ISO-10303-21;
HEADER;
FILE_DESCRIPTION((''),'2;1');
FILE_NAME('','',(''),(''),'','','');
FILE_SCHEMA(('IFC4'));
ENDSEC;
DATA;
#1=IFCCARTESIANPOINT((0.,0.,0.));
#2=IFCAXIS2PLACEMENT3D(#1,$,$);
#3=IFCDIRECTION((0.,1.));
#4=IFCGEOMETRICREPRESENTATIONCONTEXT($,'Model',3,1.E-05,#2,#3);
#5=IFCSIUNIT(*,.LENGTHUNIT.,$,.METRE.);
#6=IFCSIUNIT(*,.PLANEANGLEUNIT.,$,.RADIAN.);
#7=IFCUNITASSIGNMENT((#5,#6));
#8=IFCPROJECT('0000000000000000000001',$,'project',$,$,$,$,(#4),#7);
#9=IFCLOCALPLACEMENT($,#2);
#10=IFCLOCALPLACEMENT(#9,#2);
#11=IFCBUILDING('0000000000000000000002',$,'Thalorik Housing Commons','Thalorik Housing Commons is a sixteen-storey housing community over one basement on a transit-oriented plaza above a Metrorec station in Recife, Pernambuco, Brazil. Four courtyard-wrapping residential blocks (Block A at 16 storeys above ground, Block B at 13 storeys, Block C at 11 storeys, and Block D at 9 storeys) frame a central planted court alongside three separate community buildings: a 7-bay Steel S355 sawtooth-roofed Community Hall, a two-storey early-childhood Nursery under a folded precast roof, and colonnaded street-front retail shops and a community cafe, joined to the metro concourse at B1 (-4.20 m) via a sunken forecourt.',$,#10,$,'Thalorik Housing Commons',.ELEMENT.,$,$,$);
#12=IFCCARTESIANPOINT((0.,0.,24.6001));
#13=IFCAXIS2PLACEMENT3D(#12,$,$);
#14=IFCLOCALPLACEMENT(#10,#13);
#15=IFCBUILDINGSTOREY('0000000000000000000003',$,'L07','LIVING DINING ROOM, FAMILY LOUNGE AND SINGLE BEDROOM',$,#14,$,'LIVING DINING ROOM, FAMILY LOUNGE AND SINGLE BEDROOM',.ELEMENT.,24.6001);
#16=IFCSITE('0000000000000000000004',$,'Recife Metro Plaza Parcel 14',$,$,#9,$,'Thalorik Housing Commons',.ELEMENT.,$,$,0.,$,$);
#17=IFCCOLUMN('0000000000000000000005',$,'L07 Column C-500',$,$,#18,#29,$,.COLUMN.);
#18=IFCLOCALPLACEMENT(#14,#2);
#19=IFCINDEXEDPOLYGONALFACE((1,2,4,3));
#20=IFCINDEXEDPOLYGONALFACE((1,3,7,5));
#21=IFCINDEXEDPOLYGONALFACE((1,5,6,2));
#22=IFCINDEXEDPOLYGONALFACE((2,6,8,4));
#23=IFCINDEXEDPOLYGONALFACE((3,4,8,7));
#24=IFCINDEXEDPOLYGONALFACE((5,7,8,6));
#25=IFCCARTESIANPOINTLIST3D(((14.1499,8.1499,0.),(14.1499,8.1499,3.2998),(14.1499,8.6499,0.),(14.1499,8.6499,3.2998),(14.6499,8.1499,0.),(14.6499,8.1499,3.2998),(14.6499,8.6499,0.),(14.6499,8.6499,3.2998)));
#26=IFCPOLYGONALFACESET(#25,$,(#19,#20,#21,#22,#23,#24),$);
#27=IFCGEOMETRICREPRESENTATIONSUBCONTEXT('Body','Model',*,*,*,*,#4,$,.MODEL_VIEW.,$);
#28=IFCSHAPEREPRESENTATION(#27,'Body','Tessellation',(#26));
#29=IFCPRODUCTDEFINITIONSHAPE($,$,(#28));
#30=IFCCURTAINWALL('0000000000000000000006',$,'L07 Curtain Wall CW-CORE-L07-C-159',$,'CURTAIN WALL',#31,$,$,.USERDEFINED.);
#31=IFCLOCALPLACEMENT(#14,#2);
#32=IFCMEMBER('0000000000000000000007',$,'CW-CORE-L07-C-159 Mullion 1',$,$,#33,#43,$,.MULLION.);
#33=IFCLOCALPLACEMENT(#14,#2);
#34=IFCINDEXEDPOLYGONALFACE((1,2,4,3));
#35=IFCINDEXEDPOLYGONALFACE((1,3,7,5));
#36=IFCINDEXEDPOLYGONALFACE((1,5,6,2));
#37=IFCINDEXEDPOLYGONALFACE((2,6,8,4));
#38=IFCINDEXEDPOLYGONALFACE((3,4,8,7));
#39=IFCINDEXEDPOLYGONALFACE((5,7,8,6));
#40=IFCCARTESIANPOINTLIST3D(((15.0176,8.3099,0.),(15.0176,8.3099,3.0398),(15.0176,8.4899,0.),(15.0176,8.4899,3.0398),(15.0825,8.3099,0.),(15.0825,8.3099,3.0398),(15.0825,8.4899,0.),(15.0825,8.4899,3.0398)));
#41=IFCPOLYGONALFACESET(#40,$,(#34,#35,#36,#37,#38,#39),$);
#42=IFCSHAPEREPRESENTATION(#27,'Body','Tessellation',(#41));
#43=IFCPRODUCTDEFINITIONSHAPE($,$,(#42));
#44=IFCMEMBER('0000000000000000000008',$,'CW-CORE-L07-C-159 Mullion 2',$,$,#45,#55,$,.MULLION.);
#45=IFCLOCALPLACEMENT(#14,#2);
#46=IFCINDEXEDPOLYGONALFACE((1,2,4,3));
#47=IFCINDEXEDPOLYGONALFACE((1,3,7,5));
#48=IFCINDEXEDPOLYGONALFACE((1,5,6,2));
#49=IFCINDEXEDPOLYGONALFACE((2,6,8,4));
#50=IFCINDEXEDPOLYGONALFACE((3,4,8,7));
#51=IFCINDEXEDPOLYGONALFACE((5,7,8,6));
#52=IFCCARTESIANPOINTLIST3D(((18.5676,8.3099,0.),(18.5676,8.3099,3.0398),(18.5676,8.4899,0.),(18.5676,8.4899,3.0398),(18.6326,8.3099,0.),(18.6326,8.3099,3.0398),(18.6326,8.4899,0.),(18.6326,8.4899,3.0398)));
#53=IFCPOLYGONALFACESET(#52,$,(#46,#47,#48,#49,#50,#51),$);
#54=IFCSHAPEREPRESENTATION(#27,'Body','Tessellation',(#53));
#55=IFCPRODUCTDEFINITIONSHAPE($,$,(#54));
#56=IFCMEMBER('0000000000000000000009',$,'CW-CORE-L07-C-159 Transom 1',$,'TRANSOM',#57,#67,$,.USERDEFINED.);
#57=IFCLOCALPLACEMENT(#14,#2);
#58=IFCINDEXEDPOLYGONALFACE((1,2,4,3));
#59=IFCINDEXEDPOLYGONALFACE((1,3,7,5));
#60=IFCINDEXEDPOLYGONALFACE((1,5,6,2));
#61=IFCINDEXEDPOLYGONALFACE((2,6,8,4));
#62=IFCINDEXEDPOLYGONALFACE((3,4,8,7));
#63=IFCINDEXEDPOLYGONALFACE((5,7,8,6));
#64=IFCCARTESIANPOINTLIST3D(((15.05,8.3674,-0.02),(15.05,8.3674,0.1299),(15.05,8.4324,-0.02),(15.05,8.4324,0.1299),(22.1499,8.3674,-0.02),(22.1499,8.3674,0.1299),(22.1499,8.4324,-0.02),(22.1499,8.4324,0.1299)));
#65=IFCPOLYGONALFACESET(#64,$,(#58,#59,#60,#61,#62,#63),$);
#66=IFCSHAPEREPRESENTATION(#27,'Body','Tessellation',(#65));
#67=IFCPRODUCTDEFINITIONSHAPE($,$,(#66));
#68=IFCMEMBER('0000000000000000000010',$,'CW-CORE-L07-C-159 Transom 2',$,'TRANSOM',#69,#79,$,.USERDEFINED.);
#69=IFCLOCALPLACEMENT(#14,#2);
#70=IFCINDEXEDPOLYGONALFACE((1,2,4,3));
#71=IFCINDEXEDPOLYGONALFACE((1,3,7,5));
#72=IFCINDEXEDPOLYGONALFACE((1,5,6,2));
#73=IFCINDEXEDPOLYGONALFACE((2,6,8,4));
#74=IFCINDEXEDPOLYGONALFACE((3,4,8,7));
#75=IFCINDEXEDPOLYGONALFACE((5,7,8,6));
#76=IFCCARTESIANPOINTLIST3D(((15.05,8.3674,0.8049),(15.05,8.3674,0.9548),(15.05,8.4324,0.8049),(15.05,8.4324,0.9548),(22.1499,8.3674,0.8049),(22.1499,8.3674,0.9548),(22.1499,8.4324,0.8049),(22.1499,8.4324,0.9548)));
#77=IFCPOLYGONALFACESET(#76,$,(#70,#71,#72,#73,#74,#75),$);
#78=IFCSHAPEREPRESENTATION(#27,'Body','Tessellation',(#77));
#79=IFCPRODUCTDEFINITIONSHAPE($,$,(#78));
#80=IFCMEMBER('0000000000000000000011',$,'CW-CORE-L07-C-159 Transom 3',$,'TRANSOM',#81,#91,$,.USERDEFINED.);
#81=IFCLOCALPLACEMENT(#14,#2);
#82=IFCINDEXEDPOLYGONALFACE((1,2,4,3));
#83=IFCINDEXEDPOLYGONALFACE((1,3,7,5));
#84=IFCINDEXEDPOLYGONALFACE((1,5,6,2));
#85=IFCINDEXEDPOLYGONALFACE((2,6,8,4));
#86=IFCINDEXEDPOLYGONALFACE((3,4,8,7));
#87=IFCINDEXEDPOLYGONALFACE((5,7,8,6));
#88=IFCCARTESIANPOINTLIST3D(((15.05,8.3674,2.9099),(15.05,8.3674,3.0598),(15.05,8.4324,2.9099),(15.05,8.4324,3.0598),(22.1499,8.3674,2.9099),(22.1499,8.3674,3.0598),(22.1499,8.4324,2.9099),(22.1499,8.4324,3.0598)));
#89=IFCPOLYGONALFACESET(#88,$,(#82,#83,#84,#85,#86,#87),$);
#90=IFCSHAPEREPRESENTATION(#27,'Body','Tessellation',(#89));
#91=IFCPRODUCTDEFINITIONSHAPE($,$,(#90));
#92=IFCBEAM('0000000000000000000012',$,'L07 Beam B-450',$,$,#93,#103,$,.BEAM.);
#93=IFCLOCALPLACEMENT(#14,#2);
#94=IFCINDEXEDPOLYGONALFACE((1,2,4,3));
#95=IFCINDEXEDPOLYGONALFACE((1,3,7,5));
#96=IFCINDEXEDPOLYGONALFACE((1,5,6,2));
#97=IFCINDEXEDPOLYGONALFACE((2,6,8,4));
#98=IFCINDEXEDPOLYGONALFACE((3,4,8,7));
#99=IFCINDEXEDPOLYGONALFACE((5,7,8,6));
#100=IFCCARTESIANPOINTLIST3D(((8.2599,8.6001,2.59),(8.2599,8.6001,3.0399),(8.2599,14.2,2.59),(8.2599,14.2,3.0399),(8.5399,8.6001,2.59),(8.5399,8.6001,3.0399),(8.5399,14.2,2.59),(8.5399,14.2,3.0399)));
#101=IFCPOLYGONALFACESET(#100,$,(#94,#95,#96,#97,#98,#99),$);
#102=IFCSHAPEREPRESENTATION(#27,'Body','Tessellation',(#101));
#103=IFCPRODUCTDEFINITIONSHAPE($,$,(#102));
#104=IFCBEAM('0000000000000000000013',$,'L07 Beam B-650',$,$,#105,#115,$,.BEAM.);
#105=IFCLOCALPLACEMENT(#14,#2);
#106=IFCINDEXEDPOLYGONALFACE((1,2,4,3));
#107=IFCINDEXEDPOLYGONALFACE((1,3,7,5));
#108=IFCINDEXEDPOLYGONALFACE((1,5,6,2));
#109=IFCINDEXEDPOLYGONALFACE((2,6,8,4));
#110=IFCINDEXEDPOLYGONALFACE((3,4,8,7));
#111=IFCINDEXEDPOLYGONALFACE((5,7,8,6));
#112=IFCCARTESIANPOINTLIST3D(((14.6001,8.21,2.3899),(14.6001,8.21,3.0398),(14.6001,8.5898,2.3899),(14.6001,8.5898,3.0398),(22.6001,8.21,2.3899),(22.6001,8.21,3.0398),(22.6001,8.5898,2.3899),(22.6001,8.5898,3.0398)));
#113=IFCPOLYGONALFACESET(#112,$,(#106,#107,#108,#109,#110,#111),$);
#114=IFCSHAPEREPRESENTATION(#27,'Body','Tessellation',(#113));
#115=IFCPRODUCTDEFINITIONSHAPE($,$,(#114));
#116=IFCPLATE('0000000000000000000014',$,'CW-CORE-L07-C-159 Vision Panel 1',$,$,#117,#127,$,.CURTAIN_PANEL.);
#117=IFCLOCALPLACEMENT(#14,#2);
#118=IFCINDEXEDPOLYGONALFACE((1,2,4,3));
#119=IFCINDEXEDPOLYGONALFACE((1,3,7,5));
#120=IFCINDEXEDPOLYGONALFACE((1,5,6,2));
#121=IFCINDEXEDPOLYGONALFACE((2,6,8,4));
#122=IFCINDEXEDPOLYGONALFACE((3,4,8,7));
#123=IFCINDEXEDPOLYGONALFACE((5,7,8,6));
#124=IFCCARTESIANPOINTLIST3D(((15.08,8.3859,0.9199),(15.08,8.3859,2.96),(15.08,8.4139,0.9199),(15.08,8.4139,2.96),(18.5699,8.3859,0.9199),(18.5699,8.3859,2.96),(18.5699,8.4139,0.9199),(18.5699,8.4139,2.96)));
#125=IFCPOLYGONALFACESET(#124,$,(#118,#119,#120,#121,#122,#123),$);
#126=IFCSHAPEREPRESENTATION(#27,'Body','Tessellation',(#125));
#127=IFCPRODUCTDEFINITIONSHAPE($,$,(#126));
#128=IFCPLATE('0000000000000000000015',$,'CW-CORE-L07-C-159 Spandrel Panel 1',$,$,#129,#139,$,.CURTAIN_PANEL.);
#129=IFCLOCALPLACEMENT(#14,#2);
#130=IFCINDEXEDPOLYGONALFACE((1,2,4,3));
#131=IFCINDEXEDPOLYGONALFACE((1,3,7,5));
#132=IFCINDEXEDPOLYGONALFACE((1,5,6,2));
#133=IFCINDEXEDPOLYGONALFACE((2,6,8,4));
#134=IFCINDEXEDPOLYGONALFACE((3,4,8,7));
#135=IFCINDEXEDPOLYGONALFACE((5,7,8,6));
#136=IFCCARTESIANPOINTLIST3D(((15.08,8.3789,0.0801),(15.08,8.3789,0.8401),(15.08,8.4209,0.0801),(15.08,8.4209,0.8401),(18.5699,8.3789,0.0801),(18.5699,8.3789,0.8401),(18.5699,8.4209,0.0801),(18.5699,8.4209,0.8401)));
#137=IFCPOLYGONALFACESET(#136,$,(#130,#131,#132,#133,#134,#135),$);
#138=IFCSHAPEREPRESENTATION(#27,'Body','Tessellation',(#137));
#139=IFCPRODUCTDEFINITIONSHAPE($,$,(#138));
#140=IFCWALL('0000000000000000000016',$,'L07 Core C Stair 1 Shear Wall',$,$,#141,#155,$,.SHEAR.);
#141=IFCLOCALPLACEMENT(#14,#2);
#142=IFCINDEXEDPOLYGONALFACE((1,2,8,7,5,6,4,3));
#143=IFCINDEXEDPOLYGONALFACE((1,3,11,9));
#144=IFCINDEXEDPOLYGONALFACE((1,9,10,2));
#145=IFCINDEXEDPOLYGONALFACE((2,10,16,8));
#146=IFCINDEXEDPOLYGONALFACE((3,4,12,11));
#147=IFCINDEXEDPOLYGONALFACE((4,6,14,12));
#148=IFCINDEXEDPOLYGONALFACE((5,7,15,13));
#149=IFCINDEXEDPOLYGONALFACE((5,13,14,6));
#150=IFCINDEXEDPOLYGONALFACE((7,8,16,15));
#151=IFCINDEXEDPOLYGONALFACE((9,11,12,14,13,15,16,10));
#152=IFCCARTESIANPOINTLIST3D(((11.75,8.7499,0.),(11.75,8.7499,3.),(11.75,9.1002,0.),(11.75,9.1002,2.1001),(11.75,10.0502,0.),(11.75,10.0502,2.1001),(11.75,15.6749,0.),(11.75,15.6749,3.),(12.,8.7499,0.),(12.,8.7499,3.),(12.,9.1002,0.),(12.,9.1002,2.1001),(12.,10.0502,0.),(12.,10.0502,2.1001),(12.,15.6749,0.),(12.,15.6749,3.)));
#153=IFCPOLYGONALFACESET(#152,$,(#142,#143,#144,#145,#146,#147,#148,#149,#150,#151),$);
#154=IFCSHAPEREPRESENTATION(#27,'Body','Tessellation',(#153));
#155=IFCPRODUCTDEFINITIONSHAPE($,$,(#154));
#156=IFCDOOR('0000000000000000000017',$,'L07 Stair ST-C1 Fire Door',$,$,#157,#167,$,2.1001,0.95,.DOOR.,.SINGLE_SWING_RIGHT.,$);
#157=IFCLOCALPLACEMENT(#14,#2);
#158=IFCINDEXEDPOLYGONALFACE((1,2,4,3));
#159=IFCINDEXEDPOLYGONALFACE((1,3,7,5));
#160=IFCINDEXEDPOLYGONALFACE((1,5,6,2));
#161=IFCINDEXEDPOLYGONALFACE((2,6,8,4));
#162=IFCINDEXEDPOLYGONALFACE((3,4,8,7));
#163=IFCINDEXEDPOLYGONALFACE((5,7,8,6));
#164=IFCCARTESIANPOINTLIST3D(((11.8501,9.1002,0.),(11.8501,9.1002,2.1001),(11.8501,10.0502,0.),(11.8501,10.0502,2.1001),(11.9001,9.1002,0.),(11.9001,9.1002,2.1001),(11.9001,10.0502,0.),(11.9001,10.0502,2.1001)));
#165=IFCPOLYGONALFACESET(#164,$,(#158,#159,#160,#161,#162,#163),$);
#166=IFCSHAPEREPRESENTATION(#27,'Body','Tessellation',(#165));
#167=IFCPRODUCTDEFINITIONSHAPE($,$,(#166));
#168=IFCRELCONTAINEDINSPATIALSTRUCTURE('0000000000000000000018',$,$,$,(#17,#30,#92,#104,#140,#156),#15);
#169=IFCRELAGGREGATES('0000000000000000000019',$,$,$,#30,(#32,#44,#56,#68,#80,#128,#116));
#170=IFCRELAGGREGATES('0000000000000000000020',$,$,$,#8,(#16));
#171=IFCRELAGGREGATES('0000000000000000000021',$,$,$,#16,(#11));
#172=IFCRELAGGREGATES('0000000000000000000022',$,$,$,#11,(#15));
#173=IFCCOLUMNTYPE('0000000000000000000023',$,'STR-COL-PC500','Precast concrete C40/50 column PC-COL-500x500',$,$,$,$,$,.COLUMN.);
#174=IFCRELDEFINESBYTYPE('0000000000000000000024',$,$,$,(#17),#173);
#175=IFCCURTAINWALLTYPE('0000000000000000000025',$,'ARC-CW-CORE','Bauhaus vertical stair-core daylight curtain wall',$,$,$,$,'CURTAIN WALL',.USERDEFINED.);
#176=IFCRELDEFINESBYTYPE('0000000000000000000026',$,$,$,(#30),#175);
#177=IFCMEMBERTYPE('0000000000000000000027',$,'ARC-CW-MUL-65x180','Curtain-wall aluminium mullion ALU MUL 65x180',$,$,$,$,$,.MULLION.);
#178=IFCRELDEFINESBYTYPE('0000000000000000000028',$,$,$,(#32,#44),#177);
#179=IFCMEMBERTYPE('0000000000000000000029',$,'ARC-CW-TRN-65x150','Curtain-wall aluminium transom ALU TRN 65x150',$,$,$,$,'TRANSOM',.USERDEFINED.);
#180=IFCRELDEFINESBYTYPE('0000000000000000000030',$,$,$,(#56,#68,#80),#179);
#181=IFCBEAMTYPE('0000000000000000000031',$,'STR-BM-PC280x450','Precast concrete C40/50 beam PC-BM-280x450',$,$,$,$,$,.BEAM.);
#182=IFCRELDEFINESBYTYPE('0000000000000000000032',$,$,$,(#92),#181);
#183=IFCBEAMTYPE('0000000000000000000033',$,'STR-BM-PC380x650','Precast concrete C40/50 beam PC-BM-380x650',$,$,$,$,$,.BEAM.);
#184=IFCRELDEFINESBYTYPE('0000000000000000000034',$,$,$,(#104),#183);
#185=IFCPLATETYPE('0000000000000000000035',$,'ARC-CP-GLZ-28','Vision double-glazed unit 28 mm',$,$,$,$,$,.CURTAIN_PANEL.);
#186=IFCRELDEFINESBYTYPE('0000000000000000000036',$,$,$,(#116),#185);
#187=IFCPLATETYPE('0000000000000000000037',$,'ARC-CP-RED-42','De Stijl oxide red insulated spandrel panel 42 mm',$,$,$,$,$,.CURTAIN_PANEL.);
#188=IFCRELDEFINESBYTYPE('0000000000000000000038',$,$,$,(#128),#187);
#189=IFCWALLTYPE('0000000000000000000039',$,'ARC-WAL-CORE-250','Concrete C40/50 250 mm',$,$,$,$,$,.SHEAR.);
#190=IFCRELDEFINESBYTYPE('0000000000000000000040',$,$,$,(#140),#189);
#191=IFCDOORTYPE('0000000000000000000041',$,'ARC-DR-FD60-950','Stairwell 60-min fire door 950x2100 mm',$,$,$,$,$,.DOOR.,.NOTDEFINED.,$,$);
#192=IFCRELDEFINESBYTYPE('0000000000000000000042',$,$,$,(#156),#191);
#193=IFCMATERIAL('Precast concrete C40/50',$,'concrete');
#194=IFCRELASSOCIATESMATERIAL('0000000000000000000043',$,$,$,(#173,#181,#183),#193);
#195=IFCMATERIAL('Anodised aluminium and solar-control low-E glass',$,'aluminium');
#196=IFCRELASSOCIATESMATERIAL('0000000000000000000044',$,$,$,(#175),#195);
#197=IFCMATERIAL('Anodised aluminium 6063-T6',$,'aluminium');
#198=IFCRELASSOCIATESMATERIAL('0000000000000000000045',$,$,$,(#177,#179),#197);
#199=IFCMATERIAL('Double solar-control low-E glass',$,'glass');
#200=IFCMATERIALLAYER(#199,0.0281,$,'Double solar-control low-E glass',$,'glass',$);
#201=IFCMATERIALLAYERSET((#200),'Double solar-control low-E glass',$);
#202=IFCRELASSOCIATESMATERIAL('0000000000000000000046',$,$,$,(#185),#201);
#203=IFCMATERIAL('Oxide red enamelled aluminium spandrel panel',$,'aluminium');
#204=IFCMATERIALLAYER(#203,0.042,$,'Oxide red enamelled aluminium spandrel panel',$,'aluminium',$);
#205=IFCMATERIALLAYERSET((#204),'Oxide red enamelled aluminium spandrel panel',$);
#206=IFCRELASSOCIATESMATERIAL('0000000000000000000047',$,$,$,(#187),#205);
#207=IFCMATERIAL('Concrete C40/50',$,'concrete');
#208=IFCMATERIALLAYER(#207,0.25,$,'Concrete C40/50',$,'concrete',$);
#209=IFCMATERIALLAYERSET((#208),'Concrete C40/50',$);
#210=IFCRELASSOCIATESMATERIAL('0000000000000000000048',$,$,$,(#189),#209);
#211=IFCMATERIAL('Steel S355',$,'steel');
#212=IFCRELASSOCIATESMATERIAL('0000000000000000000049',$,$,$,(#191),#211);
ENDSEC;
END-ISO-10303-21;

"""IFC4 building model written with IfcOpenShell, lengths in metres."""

from ifc_helpers import new_model, si_unit, direction, frame, frame_2d, origin, origin_2d, place, context, subcontext, project, spatial, rectangle, extrude, material, layer, layer_set, material_profile, profile_set, type_object, element, fill, aggregate, save


model = new_model("IFC4")

# Units and contexts
model_context = context("Model", 3, precision=1e-05, world=origin(), true_north=direction((0.0, 1.0)))
body_context = subcontext(model_context, "Body", "Model", "MODEL_VIEW")
ifc_project = project(units=[si_unit("LENGTHUNIT", "METRE"), si_unit("PLANEANGLEUNIT", "RADIAN")], contexts=[model_context])

# Site, building, storey
site_placement = place(None, origin())
site = spatial("IfcSite", under=ifc_project, at=site_placement, Name="Recife Metro Plaza Parcel 14", LongName="Thalorik Housing Commons", CompositionType="ELEMENT", RefElevation=0.0)
building_placement = place(site_placement, origin())
building = spatial("IfcBuilding", under=site, at=building_placement, Name="Thalorik Housing Commons", Description="Thalorik Housing Commons is a sixteen-storey housing community over one basement on a transit-oriented plaza above a Metrorec station in Recife, Pernambuco, Brazil. Four courtyard-wrapping residential blocks (Block A at 16 storeys above ground, Block B at 13 storeys, Block C at 11 storeys, and Block D at 9 storeys) frame a central planted court alongside three separate community buildings: a 7-bay Steel S355 sawtooth-roofed Community Hall, a two-storey early-childhood Nursery under a folded precast roof, and colonnaded street-front retail shops and a community cafe, joined to the metro concourse at B1 (-4.20 m) via a sunken forecourt.", LongName="Thalorik Housing Commons", CompositionType="ELEMENT")
storey_placement = place(building_placement, frame((0.0, 0.0, 24.6001)))
storey = spatial("IfcBuildingStorey", under=building, at=storey_placement, Name="L07", Description="LIVING DINING ROOM, FAMILY LOUNGE AND SINGLE BEDROOM", LongName="LIVING DINING ROOM, FAMILY LOUNGE AND SINGLE BEDROOM", CompositionType="ELEMENT", Elevation=24.6001)

# Column
ifc_material_1 = material(Name="Precast concrete C40/50", Category="concrete")
ifc_material_profile_1 = material_profile(ifc_material_1, rectangle(XDim=0.5, YDim=0.5, at=origin_2d()), Name="PC 500x500", Category="concrete")
ifc_profile_set_1 = profile_set([ifc_material_profile_1], Name="Precast concrete C40/50")
column_type = type_object("IfcColumnType", Name="STR-COL-PC500", Description="Precast concrete C40/50 column PC-COL-500x500", PredefinedType="COLUMN", material=ifc_profile_set_1)
column_placement = place(storey_placement, frame((14.3999, 8.3999, 0.0), z_axis=(0.0, 0.0, 1.0), x_axis=(1.0, 0.0, 0.0)))
element("IfcColumn", 1, at=column_placement, inside=storey, type_object=column_type, Name="L07 Column C-500", PredefinedType="COLUMN", context=body_context, shape_type="SweptSolid", body=[
    extrude(rectangle(XDim=0.5, YDim=0.5, at=origin_2d()), origin(), (0.0, 0.0, 1.0), 3.2998),
])

# Curtain wall, members
ifc_material_2 = material(Name="Anodised aluminium and solar-control low-E glass", Category="aluminium")
curtain_wall_type = type_object("IfcCurtainWallType", Name="ARC-CW-CORE", Description="Bauhaus vertical stair-core daylight curtain wall", ElementType="CURTAIN WALL", PredefinedType="USERDEFINED", material=ifc_material_2)
curtain_wall_placement = place(storey_placement, origin())
curtain_wall = element("IfcCurtainWall", 2, at=curtain_wall_placement, inside=storey, type_object=curtain_wall_type, Name="L07 Curtain Wall CW-CORE-L07-C-159", ObjectType="CURTAIN WALL", PredefinedType="USERDEFINED")
ifc_material_3 = material(Name="Anodised aluminium 6063-T6", Category="aluminium")
ifc_material_profile_2 = material_profile(ifc_material_3, rectangle(XDim=0.0649, YDim=0.1799, at=origin_2d()), Name="ALU MUL 65x180", Category="aluminium")
ifc_profile_set_2 = profile_set([ifc_material_profile_2], Name="Anodised aluminium 6063-T6")
member_type_1 = type_object("IfcMemberType", Name="ARC-CW-MUL-65x180", Description="Curtain-wall aluminium mullion ALU MUL 65x180", PredefinedType="MULLION", material=ifc_profile_set_2)
member_1_placement = place(storey_placement, frame((15.05, 8.3999, 0.0), z_axis=(0.0, 0.0, 1.0), x_axis=(1.0, 0.0, 0.0)))
member_1 = element("IfcMember", 3, at=member_1_placement, type_object=member_type_1, Name="CW-CORE-L07-C-159 Mullion 1", PredefinedType="MULLION", context=body_context, shape_type="SweptSolid", body=[
    extrude(rectangle(XDim=0.0649, YDim=0.1799, at=origin_2d()), origin(), (0.0, 0.0, 1.0), 3.0398),
])
member_2_placement = place(storey_placement, frame((18.6001, 8.3999, 0.0), z_axis=(0.0, 0.0, 1.0), x_axis=(1.0, 0.0, 0.0)))
member_2 = element("IfcMember", 4, at=member_2_placement, type_object=member_type_1, Name="CW-CORE-L07-C-159 Mullion 2", PredefinedType="MULLION", context=body_context, shape_type="SweptSolid", body=[
    extrude(rectangle(XDim=0.0649, YDim=0.1799, at=origin_2d()), origin(), (0.0, 0.0, 1.0), 3.0398),
])
ifc_material_profile_3 = material_profile(ifc_material_3, rectangle(XDim=0.0649, YDim=0.1499, at=origin_2d()), Name="ALU TRN 65x150", Category="aluminium")
ifc_profile_set_3 = profile_set([ifc_material_profile_3], Name="Anodised aluminium 6063-T6")
member_type_2 = type_object("IfcMemberType", Name="ARC-CW-TRN-65x150", Description="Curtain-wall aluminium transom ALU TRN 65x150", ElementType="TRANSOM", PredefinedType="USERDEFINED", material=ifc_profile_set_3)
member_3_placement = place(storey_placement, frame((15.05, 8.3999, 0.0549), z_axis=(1.0, 0.0, 0.0), x_axis=(0.0, 1.0, 0.0)))
member_3 = element("IfcMember", 5, at=member_3_placement, type_object=member_type_2, Name="CW-CORE-L07-C-159 Transom 1", ObjectType="TRANSOM", PredefinedType="USERDEFINED", context=body_context, shape_type="SweptSolid", body=[
    extrude(rectangle(XDim=0.0649, YDim=0.1499, at=origin_2d()), origin(), (0.0, 0.0, 1.0), 7.0999),
])
member_4_placement = place(storey_placement, frame((15.05, 8.3999, 0.8799), z_axis=(1.0, 0.0, 0.0), x_axis=(0.0, 1.0, 0.0)))
member_4 = element("IfcMember", 6, at=member_4_placement, type_object=member_type_2, Name="CW-CORE-L07-C-159 Transom 2", ObjectType="TRANSOM", PredefinedType="USERDEFINED", context=body_context, shape_type="SweptSolid", body=[
    extrude(rectangle(XDim=0.0649, YDim=0.1499, at=origin_2d()), origin(), (0.0, 0.0, 1.0), 7.0999),
])
member_5_placement = place(storey_placement, frame((15.05, 8.3999, 2.9849), z_axis=(1.0, 0.0, 0.0), x_axis=(0.0, 1.0, 0.0)))
member_5 = element("IfcMember", 7, at=member_5_placement, type_object=member_type_2, Name="CW-CORE-L07-C-159 Transom 3", ObjectType="TRANSOM", PredefinedType="USERDEFINED", context=body_context, shape_type="SweptSolid", body=[
    extrude(rectangle(XDim=0.0649, YDim=0.1499, at=origin_2d()), origin(), (0.0, 0.0, 1.0), 7.0999),
])

# Beams
ifc_material_profile_4 = material_profile(ifc_material_1, rectangle(XDim=0.28, YDim=0.45, at=origin_2d()), Name="PC 280x450", Category="concrete")
ifc_profile_set_4 = profile_set([ifc_material_profile_4], Name="Precast concrete C40/50")
beam_type_1 = type_object("IfcBeamType", Name="STR-BM-PC280x450", Description="Precast concrete C40/50 beam PC-BM-280x450", PredefinedType="BEAM", material=ifc_profile_set_4)
beam_1_placement = place(storey_placement, frame((8.3999, 8.6001, 2.8149), z_axis=(0.0, 1.0, 0.0), x_axis=(-1.0, 0.0, 0.0)))
element("IfcBeam", 8, at=beam_1_placement, inside=storey, type_object=beam_type_1, Name="L07 Beam B-450", PredefinedType="BEAM", context=body_context, shape_type="SweptSolid", body=[
    extrude(rectangle(XDim=0.28, YDim=0.45, at=origin_2d()), origin(), (0.0, 0.0, 1.0), 5.5999),
])
ifc_material_profile_5 = material_profile(ifc_material_1, rectangle(XDim=0.3799, YDim=0.6499, at=origin_2d()), Name="PC 380x650", Category="concrete")
ifc_profile_set_5 = profile_set([ifc_material_profile_5], Name="Precast concrete C40/50")
beam_type_2 = type_object("IfcBeamType", Name="STR-BM-PC380x650", Description="Precast concrete C40/50 beam PC-BM-380x650", PredefinedType="BEAM", material=ifc_profile_set_5)
beam_2_placement = place(storey_placement, frame((14.6001, 8.3999, 2.7148), z_axis=(1.0, 0.0, 0.0), x_axis=(0.0, 1.0, 0.0)))
element("IfcBeam", 9, at=beam_2_placement, inside=storey, type_object=beam_type_2, Name="L07 Beam B-650", PredefinedType="BEAM", context=body_context, shape_type="SweptSolid", body=[
    extrude(rectangle(XDim=0.3799, YDim=0.6499, at=origin_2d()), origin(), (0.0, 0.0, 1.0), 8.0),
])

# Plates
ifc_material_4 = material(Name="Double solar-control low-E glass", Category="glass")
ifc_layer_1 = layer(ifc_material_4, 0.0281, Name="Double solar-control low-E glass", Category="glass")
ifc_layer_set_1 = layer_set([ifc_layer_1], Name="Double solar-control low-E glass")
plate_type_1 = type_object("IfcPlateType", Name="ARC-CP-GLZ-28", Description="Vision double-glazed unit 28 mm", PredefinedType="CURTAIN_PANEL", material=ifc_layer_set_1)
plate_1_placement = place(storey_placement, frame((16.825, 8.3999, 0.9199), z_axis=(0.0, 0.0, 1.0), x_axis=(1.0, 0.0, 0.0)))
plate_1 = element("IfcPlate", 10, at=plate_1_placement, type_object=plate_type_1, Name="CW-CORE-L07-C-159 Vision Panel 1", PredefinedType="CURTAIN_PANEL", context=body_context, shape_type="SweptSolid", body=[
    extrude(rectangle(XDim=3.49, YDim=0.0281, at=origin_2d()), origin(), (0.0, 0.0, 1.0), 2.04),
])
ifc_material_5 = material(Name="Oxide red enamelled aluminium spandrel panel", Category="aluminium")
ifc_layer_2 = layer(ifc_material_5, 0.042, Name="Oxide red enamelled aluminium spandrel panel", Category="aluminium")
ifc_layer_set_2 = layer_set([ifc_layer_2], Name="Oxide red enamelled aluminium spandrel panel")
plate_type_2 = type_object("IfcPlateType", Name="ARC-CP-RED-42", Description="De Stijl oxide red insulated spandrel panel 42 mm", PredefinedType="CURTAIN_PANEL", material=ifc_layer_set_2)
plate_2_placement = place(storey_placement, frame((16.825, 8.3999, 0.0801), z_axis=(0.0, 0.0, 1.0), x_axis=(1.0, 0.0, 0.0)))
plate_2 = element("IfcPlate", 11, at=plate_2_placement, type_object=plate_type_2, Name="CW-CORE-L07-C-159 Spandrel Panel 1", PredefinedType="CURTAIN_PANEL", context=body_context, shape_type="SweptSolid", body=[
    extrude(rectangle(XDim=3.49, YDim=0.042, at=origin_2d()), origin(), (0.0, 0.0, 1.0), 0.76),
])
aggregate(curtain_wall, [member_1, member_2, member_3, member_4, member_5, plate_2, plate_1])

# Wall, opening, door
ifc_material_6 = material(Name="Concrete C40/50", Category="concrete")
ifc_layer_3 = layer(ifc_material_6, 0.25, Name="Concrete C40/50", Category="concrete")
ifc_layer_set_3 = layer_set([ifc_layer_3], Name="Concrete C40/50")
wall_type_1 = type_object("IfcWallType", Name="ARC-WAL-CORE-250", Description="Concrete C40/50 250 mm", PredefinedType="SHEAR", material=ifc_layer_set_3)
wall_1_placement = place(storey_placement, frame((11.875, 8.75, 0.0), z_axis=(0.0, 0.0, 1.0), x_axis=(0.0, 1.0, 0.0)))
wall_1 = element("IfcWall", 12, at=wall_1_placement, inside=storey, type_object=wall_type_1, Name="L07 Core C Stair 1 Shear Wall", PredefinedType="SHEAR", context=body_context, shape_type="SweptSolid", body=[
    extrude(rectangle(XDim=6.925, YDim=0.25, at=frame_2d((3.4624, 0.0))), origin(), (0.0, 0.0, 1.0), 3.0),
])
opening_1_placement = place(wall_1_placement, frame((0.3501, 0.0, 0.0)))
opening_1 = element("IfcOpeningElement", 13, at=opening_1_placement, cuts=wall_1, PredefinedType="OPENING", context=body_context, shape_type="SweptSolid", body=[
    extrude(rectangle(XDim=0.95, YDim=2.1001, at=frame_2d((0.4751, 1.05))), frame((0.0, 0.135, 0.0), z_axis=(0.0, -1.0, 0.0), x_axis=(1.0, 0.0, 0.0)), (0.0, 0.0, 1.0), 0.27),
])
ifc_material_7 = material(Name="Steel S355", Category="steel")
door_type = type_object("IfcDoorType", Name="ARC-DR-FD60-950", Description="Stairwell 60-min fire door 950x2100 mm", OperationType="NOTDEFINED", PredefinedType="DOOR", material=ifc_material_7)
door_1_placement = place(opening_1_placement, origin())
door_1 = element("IfcDoor", 14, at=door_1_placement, inside=storey, type_object=door_type, Name="L07 Stair ST-C1 Fire Door", OperationType="SINGLE_SWING_RIGHT", OverallHeight=2.1001, OverallWidth=0.95, PredefinedType="DOOR", context=body_context, shape_type="SweptSolid", body=[
    extrude(rectangle(XDim=0.95, YDim=2.1001, at=frame_2d((0.4751, 1.05))), frame((0.0, 0.0249, 0.0), z_axis=(0.0, -1.0, 0.0), x_axis=(1.0, 0.0, 0.0)), (0.0, 0.0, 1.0), 0.05),
])
fill(opening_1, door_1)

save(model, "model.ifc")
